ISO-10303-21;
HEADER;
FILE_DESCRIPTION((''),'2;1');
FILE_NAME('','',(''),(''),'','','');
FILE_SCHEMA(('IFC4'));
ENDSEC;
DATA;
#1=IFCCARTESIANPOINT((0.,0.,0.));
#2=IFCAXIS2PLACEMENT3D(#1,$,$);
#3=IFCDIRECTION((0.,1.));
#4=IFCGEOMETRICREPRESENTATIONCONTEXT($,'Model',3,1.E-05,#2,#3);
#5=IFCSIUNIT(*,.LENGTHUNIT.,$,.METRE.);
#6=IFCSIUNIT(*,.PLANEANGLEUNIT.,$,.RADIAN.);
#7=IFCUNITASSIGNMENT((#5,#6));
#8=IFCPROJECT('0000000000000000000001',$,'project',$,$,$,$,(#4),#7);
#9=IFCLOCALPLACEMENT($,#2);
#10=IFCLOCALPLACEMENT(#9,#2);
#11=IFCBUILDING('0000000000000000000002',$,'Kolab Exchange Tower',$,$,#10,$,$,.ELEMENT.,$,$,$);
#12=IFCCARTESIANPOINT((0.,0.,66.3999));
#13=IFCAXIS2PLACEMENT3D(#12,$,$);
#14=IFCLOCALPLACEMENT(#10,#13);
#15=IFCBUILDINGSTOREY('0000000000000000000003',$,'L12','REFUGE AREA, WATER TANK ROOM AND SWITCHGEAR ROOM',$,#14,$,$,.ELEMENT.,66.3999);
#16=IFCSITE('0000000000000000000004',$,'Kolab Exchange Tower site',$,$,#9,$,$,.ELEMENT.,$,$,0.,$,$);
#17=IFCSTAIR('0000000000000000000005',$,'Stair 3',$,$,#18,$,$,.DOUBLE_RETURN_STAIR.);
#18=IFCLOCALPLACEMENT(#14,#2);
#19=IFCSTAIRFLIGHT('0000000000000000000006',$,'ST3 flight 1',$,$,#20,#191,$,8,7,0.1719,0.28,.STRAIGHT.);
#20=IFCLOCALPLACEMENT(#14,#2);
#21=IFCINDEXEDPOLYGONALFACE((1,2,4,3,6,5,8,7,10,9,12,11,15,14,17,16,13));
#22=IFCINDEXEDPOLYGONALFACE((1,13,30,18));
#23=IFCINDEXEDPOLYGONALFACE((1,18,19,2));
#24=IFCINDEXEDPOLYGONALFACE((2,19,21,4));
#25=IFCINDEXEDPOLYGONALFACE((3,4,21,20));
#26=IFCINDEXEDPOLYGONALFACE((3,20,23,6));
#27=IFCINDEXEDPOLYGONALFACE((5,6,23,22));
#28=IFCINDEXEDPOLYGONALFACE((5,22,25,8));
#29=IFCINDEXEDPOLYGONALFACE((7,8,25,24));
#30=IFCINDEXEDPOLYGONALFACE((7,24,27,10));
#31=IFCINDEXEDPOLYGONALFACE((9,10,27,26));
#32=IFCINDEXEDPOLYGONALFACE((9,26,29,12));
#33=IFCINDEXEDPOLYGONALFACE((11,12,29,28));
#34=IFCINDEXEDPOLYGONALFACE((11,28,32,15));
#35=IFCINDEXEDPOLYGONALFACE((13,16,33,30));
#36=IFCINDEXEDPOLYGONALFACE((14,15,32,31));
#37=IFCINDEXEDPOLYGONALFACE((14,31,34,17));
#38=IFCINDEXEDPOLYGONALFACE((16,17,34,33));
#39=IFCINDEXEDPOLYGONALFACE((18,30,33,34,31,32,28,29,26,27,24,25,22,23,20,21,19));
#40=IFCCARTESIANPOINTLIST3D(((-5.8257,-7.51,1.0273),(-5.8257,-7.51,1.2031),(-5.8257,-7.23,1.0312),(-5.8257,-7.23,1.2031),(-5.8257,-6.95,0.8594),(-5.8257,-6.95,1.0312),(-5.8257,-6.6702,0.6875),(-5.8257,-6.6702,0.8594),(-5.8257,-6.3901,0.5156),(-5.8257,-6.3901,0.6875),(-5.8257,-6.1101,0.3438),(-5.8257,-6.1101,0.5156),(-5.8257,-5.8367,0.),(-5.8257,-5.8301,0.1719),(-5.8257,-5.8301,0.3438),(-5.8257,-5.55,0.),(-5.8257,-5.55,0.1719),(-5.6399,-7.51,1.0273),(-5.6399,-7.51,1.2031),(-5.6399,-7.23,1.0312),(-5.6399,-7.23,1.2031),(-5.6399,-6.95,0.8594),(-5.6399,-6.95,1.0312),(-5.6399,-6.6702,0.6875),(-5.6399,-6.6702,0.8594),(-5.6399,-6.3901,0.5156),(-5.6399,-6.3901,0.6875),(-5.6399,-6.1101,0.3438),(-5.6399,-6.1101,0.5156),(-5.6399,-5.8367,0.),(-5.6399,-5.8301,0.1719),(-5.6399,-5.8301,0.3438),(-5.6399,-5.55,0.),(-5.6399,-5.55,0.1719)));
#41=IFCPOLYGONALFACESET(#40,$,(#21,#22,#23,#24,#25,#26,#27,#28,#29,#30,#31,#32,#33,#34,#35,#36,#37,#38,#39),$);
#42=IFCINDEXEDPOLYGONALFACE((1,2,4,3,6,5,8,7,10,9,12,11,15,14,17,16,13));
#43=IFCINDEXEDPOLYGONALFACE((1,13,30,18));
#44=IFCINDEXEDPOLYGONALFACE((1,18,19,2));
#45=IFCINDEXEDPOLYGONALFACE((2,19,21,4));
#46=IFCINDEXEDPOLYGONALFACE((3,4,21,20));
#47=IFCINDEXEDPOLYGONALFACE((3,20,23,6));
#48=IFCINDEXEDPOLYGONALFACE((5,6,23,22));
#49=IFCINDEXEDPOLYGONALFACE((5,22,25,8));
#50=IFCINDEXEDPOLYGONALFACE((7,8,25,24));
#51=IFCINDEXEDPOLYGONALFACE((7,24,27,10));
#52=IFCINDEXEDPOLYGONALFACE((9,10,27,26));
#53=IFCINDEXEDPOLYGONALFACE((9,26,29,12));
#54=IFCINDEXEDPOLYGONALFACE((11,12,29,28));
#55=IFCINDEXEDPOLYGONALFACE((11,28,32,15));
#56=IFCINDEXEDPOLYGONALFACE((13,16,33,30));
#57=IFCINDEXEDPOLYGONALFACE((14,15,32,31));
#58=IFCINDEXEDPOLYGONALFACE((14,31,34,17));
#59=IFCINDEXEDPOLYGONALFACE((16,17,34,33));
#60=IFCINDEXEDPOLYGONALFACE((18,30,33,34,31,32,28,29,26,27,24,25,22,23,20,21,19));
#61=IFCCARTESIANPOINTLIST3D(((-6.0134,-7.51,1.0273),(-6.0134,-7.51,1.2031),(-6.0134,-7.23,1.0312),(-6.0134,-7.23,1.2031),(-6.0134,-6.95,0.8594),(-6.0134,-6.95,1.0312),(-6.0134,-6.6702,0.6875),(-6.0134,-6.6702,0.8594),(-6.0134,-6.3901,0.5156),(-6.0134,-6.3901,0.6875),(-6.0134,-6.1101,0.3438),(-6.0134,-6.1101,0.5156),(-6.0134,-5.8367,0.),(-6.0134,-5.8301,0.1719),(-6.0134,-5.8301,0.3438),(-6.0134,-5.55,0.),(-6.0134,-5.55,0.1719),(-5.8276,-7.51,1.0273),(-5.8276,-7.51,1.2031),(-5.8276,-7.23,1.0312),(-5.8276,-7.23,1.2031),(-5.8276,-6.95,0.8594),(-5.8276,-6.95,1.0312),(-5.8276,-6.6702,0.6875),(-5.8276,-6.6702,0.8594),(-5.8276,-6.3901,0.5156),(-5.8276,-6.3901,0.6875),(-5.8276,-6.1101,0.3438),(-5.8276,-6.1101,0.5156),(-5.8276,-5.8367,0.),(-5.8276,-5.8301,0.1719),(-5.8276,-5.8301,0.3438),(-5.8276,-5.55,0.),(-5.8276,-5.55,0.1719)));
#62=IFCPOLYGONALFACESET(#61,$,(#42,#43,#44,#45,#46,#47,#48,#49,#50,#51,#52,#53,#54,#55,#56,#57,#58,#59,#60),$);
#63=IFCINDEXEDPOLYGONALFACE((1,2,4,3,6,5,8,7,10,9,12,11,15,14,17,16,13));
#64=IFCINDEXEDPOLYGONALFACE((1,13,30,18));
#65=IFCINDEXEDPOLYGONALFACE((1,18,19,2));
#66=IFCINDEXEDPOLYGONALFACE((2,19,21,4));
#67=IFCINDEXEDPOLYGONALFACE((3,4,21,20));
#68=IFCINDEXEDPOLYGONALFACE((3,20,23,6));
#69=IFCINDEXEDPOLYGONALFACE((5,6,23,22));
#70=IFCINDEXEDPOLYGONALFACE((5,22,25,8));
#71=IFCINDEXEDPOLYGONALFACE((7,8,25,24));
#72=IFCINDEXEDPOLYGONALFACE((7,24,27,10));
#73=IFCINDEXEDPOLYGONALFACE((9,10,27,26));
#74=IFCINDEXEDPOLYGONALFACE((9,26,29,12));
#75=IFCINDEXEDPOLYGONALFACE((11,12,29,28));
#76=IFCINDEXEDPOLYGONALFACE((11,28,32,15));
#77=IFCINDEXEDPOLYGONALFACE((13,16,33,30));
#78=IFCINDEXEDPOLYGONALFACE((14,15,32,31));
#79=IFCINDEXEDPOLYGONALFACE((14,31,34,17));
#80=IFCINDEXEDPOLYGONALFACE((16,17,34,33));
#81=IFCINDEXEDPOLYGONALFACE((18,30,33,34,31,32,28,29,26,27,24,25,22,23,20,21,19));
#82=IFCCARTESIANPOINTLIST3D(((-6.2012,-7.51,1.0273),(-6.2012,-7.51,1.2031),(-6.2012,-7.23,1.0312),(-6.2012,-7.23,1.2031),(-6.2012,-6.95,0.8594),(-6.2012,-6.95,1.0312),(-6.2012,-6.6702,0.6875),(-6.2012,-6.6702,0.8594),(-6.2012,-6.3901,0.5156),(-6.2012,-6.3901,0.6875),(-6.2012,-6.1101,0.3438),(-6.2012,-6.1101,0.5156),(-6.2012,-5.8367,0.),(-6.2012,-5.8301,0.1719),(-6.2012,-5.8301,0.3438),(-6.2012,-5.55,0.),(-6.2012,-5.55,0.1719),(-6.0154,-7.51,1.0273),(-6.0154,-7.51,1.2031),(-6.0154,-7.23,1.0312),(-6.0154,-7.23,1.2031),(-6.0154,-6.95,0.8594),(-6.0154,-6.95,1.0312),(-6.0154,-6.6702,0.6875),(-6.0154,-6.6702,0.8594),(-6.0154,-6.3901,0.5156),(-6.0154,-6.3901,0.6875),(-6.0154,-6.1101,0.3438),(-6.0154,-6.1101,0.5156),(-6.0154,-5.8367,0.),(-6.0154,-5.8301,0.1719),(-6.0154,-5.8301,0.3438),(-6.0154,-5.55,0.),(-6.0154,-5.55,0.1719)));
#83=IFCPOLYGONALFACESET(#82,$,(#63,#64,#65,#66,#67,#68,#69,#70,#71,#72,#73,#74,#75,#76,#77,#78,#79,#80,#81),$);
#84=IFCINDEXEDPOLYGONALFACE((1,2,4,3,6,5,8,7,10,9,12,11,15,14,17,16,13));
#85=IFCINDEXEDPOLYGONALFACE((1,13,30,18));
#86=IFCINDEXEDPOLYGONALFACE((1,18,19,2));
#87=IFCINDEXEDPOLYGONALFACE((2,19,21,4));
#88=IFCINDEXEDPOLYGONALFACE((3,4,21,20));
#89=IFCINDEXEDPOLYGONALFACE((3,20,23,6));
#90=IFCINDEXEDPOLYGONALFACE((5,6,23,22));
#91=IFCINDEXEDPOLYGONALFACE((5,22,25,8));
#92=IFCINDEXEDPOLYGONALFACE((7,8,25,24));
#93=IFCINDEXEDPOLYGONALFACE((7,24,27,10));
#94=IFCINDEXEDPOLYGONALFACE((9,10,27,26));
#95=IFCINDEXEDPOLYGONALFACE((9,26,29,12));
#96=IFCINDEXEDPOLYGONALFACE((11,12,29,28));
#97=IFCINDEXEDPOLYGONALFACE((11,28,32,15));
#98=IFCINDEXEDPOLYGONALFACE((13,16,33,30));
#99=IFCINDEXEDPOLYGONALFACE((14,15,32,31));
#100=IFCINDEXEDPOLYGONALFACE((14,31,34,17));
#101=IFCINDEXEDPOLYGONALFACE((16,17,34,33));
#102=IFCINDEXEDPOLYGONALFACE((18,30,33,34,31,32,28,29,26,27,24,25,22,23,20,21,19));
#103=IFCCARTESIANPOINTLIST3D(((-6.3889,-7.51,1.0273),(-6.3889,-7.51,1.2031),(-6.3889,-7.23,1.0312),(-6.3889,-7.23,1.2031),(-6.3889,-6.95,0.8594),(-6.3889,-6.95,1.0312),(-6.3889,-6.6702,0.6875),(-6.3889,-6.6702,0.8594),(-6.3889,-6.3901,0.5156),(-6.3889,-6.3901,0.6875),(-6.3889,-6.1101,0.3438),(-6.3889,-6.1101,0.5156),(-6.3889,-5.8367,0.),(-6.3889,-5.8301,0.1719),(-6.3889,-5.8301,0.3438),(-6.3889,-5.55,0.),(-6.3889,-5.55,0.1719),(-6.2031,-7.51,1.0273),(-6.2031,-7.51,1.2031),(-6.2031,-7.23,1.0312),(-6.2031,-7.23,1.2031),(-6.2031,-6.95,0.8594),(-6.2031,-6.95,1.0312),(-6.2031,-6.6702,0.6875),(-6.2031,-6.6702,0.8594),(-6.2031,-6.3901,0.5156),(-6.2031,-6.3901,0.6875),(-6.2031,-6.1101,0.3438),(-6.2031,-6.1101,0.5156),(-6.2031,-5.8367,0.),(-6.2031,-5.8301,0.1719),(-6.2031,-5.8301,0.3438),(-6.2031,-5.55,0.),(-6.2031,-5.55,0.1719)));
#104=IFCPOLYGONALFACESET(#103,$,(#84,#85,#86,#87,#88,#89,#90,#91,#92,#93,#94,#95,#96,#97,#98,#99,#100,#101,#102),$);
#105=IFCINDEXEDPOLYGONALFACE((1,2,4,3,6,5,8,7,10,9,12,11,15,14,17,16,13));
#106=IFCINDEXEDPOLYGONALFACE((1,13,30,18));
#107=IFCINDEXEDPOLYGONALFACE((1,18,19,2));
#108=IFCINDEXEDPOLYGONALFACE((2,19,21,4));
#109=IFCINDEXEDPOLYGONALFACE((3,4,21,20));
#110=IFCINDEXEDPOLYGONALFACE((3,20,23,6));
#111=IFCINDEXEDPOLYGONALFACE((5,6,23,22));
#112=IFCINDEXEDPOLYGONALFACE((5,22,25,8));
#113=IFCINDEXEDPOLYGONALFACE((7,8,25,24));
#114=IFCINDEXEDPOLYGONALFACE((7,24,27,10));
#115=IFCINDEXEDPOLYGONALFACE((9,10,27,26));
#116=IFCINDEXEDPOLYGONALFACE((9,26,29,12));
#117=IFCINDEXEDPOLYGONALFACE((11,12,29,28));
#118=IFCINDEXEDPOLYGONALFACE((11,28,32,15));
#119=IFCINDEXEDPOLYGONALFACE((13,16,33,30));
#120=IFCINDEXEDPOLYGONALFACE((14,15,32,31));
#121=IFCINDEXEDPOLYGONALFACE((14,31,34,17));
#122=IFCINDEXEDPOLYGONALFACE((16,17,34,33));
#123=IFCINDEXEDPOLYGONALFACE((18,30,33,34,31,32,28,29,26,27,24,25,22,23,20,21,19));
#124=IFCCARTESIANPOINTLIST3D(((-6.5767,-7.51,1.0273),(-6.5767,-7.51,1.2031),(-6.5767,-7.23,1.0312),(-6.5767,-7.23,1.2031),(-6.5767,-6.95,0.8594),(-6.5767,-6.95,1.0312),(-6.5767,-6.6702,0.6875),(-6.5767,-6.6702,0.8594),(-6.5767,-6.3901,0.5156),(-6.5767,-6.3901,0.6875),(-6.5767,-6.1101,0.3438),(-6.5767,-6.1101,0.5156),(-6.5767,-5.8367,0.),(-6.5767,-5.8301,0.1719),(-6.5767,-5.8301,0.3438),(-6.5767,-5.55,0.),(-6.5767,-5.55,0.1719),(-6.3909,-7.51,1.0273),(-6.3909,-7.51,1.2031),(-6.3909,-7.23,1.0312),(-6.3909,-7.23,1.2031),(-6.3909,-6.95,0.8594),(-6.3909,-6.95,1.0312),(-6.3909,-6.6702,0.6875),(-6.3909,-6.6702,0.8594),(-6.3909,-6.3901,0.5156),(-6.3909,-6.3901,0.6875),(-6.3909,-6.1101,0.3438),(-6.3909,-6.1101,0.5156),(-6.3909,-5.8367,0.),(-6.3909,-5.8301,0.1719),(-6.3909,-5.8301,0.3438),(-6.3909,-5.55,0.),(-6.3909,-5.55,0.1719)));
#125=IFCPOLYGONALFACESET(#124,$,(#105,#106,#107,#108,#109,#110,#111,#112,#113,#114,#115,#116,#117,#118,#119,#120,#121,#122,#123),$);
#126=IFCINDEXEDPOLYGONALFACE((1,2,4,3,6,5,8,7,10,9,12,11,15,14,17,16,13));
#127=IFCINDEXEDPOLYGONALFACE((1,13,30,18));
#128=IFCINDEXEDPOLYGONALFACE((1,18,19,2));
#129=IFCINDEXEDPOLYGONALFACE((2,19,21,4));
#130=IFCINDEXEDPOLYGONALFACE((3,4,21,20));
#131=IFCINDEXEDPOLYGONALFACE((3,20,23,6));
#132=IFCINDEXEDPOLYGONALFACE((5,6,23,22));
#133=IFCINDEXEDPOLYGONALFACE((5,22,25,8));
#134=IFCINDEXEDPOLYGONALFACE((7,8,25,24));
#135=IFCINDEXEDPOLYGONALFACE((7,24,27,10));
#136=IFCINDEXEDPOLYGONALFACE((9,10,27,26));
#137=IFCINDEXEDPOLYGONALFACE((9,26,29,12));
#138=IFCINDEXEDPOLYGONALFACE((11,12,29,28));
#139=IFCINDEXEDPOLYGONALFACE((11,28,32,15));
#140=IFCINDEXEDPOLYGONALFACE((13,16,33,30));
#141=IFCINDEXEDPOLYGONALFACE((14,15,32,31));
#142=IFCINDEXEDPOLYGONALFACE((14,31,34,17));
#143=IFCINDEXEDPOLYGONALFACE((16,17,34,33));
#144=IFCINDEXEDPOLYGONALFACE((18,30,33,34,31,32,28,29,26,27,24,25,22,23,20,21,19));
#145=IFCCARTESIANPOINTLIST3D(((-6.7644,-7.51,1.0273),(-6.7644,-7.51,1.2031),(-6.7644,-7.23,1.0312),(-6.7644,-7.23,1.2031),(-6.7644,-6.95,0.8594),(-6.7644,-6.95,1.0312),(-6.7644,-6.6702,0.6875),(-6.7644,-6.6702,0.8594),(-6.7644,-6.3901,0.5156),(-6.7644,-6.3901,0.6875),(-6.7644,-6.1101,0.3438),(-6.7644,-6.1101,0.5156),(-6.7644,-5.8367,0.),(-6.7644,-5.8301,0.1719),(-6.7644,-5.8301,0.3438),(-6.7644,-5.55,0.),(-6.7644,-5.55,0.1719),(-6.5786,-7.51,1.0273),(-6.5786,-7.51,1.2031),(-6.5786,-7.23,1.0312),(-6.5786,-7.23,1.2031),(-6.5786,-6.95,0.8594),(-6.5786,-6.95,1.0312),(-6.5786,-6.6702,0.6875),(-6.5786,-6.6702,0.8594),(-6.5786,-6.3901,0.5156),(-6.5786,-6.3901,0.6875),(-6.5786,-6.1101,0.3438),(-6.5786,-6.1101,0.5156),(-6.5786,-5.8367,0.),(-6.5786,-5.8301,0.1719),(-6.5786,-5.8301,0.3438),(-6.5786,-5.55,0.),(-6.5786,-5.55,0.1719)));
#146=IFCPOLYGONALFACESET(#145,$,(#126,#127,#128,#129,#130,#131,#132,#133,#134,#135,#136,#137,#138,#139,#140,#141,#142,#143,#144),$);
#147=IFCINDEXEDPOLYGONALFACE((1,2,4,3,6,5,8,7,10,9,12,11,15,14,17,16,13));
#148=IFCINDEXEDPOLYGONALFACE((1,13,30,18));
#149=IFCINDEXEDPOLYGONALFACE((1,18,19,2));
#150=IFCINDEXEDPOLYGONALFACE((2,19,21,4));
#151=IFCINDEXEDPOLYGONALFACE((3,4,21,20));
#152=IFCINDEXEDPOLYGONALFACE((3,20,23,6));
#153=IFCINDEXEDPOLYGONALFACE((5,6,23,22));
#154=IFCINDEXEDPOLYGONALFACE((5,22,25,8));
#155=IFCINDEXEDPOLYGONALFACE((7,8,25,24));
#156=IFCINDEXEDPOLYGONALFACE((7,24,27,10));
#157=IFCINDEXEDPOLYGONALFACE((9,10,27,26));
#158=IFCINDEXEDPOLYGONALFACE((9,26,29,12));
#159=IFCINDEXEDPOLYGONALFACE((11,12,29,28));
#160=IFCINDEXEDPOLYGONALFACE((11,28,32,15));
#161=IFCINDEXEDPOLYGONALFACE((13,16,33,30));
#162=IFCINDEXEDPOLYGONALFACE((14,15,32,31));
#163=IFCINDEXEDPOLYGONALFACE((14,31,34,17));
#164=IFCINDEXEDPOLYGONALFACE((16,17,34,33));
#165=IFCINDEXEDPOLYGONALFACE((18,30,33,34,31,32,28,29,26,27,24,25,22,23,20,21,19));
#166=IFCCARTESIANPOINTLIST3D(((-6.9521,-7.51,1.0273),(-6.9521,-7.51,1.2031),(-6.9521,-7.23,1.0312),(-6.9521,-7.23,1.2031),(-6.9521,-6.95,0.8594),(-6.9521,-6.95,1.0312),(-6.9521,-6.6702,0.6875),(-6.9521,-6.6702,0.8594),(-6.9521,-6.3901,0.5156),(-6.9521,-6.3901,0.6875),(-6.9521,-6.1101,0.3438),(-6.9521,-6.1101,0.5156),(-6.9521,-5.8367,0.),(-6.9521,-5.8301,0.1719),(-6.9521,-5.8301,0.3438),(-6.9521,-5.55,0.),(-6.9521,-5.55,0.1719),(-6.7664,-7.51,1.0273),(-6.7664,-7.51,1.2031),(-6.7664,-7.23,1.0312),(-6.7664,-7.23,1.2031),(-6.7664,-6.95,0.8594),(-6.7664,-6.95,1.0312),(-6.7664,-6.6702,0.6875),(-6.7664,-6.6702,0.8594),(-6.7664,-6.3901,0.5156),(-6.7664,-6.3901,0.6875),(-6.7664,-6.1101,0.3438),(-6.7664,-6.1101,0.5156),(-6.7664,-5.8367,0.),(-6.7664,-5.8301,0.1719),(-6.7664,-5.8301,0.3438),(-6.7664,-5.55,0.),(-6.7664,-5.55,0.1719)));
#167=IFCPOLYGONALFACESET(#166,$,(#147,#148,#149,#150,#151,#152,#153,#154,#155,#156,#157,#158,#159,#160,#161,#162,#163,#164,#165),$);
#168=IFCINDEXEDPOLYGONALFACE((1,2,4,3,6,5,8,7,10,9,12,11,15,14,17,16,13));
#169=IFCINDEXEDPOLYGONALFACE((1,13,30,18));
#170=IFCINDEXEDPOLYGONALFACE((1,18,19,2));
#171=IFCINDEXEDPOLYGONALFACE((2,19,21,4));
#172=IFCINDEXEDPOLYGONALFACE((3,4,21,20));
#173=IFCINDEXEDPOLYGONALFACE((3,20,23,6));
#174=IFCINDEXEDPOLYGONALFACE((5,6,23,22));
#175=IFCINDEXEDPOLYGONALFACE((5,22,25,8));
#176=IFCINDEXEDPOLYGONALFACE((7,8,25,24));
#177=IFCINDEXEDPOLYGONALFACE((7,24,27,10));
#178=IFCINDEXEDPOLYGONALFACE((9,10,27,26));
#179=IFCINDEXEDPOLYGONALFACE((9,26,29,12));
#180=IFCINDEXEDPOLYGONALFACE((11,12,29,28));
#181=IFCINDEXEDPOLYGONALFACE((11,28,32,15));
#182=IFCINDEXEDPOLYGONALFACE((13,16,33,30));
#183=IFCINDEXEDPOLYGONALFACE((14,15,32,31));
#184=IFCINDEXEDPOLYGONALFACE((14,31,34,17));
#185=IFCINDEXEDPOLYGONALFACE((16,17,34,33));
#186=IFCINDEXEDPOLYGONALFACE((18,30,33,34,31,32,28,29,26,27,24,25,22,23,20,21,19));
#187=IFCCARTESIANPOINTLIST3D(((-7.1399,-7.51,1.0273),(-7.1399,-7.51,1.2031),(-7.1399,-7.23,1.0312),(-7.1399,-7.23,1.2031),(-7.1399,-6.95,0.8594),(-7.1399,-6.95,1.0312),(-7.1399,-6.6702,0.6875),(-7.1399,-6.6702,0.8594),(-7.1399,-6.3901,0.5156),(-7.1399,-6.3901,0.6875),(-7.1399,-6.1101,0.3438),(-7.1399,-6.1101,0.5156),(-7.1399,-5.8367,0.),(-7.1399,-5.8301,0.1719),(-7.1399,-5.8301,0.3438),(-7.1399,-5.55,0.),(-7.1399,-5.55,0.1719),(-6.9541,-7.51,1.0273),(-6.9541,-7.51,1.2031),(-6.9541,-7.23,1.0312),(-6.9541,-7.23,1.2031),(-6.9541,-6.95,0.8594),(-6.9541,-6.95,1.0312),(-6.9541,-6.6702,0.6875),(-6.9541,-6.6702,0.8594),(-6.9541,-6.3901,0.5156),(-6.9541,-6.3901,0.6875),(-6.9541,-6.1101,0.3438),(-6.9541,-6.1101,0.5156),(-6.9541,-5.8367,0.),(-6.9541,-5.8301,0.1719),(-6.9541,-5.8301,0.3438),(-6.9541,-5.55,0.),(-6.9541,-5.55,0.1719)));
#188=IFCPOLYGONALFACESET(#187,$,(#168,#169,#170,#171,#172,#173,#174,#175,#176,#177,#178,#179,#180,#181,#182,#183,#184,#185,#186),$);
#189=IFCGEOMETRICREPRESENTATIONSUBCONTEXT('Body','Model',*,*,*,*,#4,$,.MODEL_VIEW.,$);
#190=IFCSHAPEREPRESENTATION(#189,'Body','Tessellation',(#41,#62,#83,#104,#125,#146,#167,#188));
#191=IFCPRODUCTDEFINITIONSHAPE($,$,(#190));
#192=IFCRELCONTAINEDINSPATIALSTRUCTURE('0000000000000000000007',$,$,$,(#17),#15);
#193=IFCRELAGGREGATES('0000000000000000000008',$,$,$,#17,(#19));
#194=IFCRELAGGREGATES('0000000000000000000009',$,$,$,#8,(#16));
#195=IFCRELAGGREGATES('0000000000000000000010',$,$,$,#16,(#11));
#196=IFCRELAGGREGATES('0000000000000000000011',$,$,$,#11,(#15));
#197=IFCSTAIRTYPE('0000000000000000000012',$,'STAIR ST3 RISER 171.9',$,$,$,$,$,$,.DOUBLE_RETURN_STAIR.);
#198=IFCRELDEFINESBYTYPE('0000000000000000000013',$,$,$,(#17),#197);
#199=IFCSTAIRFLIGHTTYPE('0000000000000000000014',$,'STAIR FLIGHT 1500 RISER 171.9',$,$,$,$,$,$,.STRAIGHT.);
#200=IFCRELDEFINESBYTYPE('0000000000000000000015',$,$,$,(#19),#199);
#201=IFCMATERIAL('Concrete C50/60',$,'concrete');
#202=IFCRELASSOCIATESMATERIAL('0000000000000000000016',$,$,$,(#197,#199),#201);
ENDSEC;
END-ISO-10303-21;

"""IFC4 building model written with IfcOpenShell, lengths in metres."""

from ifc_helpers import new_model, si_unit, direction, frame, origin, place, context, subcontext, project, spatial, polyline, outline, extrude, material, type_object, element, aggregate, save


model = new_model("IFC4")

# Units and contexts
model_context = context("Model", 3, precision=1e-05, world=origin(), true_north=direction((0.0, 1.0)))
body_context = subcontext(model_context, "Body", "Model", "MODEL_VIEW")
ifc_project = project(units=[si_unit("LENGTHUNIT", "METRE"), si_unit("PLANEANGLEUNIT", "RADIAN")], contexts=[model_context])

# Site, building, storey
site_placement = place(None, origin())
site = spatial("IfcSite", under=ifc_project, at=site_placement, Name="Kolab Exchange Tower site", CompositionType="ELEMENT", RefElevation=0.0)
building_placement = place(site_placement, origin())
building = spatial("IfcBuilding", under=site, at=building_placement, Name="Kolab Exchange Tower", CompositionType="ELEMENT")
storey_placement = place(building_placement, frame((0.0, 0.0, 66.3999)))
storey = spatial("IfcBuildingStorey", under=building, at=storey_placement, Name="L12", Description="REFUGE AREA, WATER TANK ROOM AND SWITCHGEAR ROOM", CompositionType="ELEMENT", Elevation=66.3999)

# Shared definitions
ifc_material_1 = material(Name="Concrete C50/60", Category="concrete")

# Stair, stair flight
stair_type = type_object("IfcStairType", Name="STAIR ST3 RISER 171.9", PredefinedType="DOUBLE_RETURN_STAIR", material=ifc_material_1)
stair_placement = place(storey_placement, origin())
stair = element("IfcStair", 1, at=stair_placement, inside=storey, type_object=stair_type, Name="Stair 3", PredefinedType="DOUBLE_RETURN_STAIR")
stair_flight_type = type_object("IfcStairFlightType", Name="STAIR FLIGHT 1500 RISER 171.9", PredefinedType="STRAIGHT", material=ifc_material_1)
stair_flight_1_placement = place(storey_placement, frame((-6.3899, -5.55, 0.0), z_axis=(0.0, 0.0, 1.0), x_axis=(0.0, -1.0, 0.0)))
stair_flight_1 = element("IfcStairFlight", 2, at=stair_flight_1_placement, type_object=stair_flight_type, Name="ST3 flight 1", NumberOfRisers=8, NumberOfTreads=7, PredefinedType="STRAIGHT", RiserHeight=0.1719, TreadLength=0.28, context=body_context, shape_type="SweptSolid", body=[
    extrude(outline(polyline([(0.0, 0.0), (0.0, 0.1719), (0.28, 0.1719), (0.28, 0.3438), (0.5601, 0.3438), (0.5601, 0.5156), (0.8401, 0.5156), (0.8401, 0.6875), (1.1201, 0.6875), (1.1201, 0.8594), (1.3999, 0.8594), (1.3999, 1.0312), (1.6799, 1.0312), (1.6799, 1.2031), (1.96, 1.2031), (1.96, 1.375), (1.96, 1.0273), (0.2866, 0.0), (0.0, 0.0)])), frame((0.0, 0.75, 0.0), z_axis=(0.0, -1.0, 0.0), x_axis=(1.0, 0.0, 0.0)), (0.0, 0.0, 1.0), 0.1858),
    extrude(outline(polyline([(0.0, 0.0), (0.0, 0.1719), (0.28, 0.1719), (0.28, 0.3438), (0.5601, 0.3438), (0.5601, 0.5156), (0.8401, 0.5156), (0.8401, 0.6875), (1.1201, 0.6875), (1.1201, 0.8594), (1.3999, 0.8594), (1.3999, 1.0312), (1.6799, 1.0312), (1.6799, 1.2031), (1.96, 1.2031), (1.96, 1.375), (1.96, 1.0273), (0.2866, 0.0), (0.0, 0.0)])), frame((0.0, 0.5623, 0.0), z_axis=(0.0, -1.0, 0.0), x_axis=(1.0, 0.0, 0.0)), (0.0, 0.0, 1.0), 0.1858),
    extrude(outline(polyline([(0.0, 0.0), (0.0, 0.1719), (0.28, 0.1719), (0.28, 0.3438), (0.5601, 0.3438), (0.5601, 0.5156), (0.8401, 0.5156), (0.8401, 0.6875), (1.1201, 0.6875), (1.1201, 0.8594), (1.3999, 0.8594), (1.3999, 1.0312), (1.6799, 1.0312), (1.6799, 1.2031), (1.96, 1.2031), (1.96, 1.375), (1.96, 1.0273), (0.2866, 0.0), (0.0, 0.0)])), frame((0.0, 0.3745, 0.0), z_axis=(0.0, -1.0, 0.0), x_axis=(1.0, 0.0, 0.0)), (0.0, 0.0, 1.0), 0.1858),
    extrude(outline(polyline([(0.0, 0.0), (0.0, 0.1719), (0.28, 0.1719), (0.28, 0.3438), (0.5601, 0.3438), (0.5601, 0.5156), (0.8401, 0.5156), (0.8401, 0.6875), (1.1201, 0.6875), (1.1201, 0.8594), (1.3999, 0.8594), (1.3999, 1.0312), (1.6799, 1.0312), (1.6799, 1.2031), (1.96, 1.2031), (1.96, 1.375), (1.96, 1.0273), (0.2866, 0.0), (0.0, 0.0)])), frame((0.0, 0.1868, 0.0), z_axis=(0.0, -1.0, 0.0), x_axis=(1.0, 0.0, 0.0)), (0.0, 0.0, 1.0), 0.1858),
    extrude(outline(polyline([(0.0, 0.0), (0.0, 0.1719), (0.28, 0.1719), (0.28, 0.3438), (0.5601, 0.3438), (0.5601, 0.5156), (0.8401, 0.5156), (0.8401, 0.6875), (1.1201, 0.6875), (1.1201, 0.8594), (1.3999, 0.8594), (1.3999, 1.0312), (1.6799, 1.0312), (1.6799, 1.2031), (1.96, 1.2031), (1.96, 1.375), (1.96, 1.0273), (0.2866, 0.0), (0.0, 0.0)])), frame((0.0, -0.001, 0.0), z_axis=(0.0, -1.0, 0.0), x_axis=(1.0, 0.0, 0.0)), (0.0, 0.0, 1.0), 0.1858),
    extrude(outline(polyline([(0.0, 0.0), (0.0, 0.1719), (0.28, 0.1719), (0.28, 0.3438), (0.5601, 0.3438), (0.5601, 0.5156), (0.8401, 0.5156), (0.8401, 0.6875), (1.1201, 0.6875), (1.1201, 0.8594), (1.3999, 0.8594), (1.3999, 1.0312), (1.6799, 1.0312), (1.6799, 1.2031), (1.96, 1.2031), (1.96, 1.375), (1.96, 1.0273), (0.2866, 0.0), (0.0, 0.0)])), frame((0.0, -0.1887, 0.0), z_axis=(0.0, -1.0, 0.0), x_axis=(1.0, 0.0, 0.0)), (0.0, 0.0, 1.0), 0.1858),
    extrude(outline(polyline([(0.0, 0.0), (0.0, 0.1719), (0.28, 0.1719), (0.28, 0.3438), (0.5601, 0.3438), (0.5601, 0.5156), (0.8401, 0.5156), (0.8401, 0.6875), (1.1201, 0.6875), (1.1201, 0.8594), (1.3999, 0.8594), (1.3999, 1.0312), (1.6799, 1.0312), (1.6799, 1.2031), (1.96, 1.2031), (1.96, 1.375), (1.96, 1.0273), (0.2866, 0.0), (0.0, 0.0)])), frame((0.0, -0.3765, 0.0), z_axis=(0.0, -1.0, 0.0), x_axis=(1.0, 0.0, 0.0)), (0.0, 0.0, 1.0), 0.1858),
    extrude(outline(polyline([(0.0, 0.0), (0.0, 0.1719), (0.28, 0.1719), (0.28, 0.3438), (0.5601, 0.3438), (0.5601, 0.5156), (0.8401, 0.5156), (0.8401, 0.6875), (1.1201, 0.6875), (1.1201, 0.8594), (1.3999, 0.8594), (1.3999, 1.0312), (1.6799, 1.0312), (1.6799, 1.2031), (1.96, 1.2031), (1.96, 1.375), (1.96, 1.0273), (0.2866, 0.0), (0.0, 0.0)])), frame((0.0, -0.5642, 0.0), z_axis=(0.0, -1.0, 0.0), x_axis=(1.0, 0.0, 0.0)), (0.0, 0.0, 1.0), 0.1858),
])
aggregate(stair, [stair_flight_1])

save(model, "model.ifc")
